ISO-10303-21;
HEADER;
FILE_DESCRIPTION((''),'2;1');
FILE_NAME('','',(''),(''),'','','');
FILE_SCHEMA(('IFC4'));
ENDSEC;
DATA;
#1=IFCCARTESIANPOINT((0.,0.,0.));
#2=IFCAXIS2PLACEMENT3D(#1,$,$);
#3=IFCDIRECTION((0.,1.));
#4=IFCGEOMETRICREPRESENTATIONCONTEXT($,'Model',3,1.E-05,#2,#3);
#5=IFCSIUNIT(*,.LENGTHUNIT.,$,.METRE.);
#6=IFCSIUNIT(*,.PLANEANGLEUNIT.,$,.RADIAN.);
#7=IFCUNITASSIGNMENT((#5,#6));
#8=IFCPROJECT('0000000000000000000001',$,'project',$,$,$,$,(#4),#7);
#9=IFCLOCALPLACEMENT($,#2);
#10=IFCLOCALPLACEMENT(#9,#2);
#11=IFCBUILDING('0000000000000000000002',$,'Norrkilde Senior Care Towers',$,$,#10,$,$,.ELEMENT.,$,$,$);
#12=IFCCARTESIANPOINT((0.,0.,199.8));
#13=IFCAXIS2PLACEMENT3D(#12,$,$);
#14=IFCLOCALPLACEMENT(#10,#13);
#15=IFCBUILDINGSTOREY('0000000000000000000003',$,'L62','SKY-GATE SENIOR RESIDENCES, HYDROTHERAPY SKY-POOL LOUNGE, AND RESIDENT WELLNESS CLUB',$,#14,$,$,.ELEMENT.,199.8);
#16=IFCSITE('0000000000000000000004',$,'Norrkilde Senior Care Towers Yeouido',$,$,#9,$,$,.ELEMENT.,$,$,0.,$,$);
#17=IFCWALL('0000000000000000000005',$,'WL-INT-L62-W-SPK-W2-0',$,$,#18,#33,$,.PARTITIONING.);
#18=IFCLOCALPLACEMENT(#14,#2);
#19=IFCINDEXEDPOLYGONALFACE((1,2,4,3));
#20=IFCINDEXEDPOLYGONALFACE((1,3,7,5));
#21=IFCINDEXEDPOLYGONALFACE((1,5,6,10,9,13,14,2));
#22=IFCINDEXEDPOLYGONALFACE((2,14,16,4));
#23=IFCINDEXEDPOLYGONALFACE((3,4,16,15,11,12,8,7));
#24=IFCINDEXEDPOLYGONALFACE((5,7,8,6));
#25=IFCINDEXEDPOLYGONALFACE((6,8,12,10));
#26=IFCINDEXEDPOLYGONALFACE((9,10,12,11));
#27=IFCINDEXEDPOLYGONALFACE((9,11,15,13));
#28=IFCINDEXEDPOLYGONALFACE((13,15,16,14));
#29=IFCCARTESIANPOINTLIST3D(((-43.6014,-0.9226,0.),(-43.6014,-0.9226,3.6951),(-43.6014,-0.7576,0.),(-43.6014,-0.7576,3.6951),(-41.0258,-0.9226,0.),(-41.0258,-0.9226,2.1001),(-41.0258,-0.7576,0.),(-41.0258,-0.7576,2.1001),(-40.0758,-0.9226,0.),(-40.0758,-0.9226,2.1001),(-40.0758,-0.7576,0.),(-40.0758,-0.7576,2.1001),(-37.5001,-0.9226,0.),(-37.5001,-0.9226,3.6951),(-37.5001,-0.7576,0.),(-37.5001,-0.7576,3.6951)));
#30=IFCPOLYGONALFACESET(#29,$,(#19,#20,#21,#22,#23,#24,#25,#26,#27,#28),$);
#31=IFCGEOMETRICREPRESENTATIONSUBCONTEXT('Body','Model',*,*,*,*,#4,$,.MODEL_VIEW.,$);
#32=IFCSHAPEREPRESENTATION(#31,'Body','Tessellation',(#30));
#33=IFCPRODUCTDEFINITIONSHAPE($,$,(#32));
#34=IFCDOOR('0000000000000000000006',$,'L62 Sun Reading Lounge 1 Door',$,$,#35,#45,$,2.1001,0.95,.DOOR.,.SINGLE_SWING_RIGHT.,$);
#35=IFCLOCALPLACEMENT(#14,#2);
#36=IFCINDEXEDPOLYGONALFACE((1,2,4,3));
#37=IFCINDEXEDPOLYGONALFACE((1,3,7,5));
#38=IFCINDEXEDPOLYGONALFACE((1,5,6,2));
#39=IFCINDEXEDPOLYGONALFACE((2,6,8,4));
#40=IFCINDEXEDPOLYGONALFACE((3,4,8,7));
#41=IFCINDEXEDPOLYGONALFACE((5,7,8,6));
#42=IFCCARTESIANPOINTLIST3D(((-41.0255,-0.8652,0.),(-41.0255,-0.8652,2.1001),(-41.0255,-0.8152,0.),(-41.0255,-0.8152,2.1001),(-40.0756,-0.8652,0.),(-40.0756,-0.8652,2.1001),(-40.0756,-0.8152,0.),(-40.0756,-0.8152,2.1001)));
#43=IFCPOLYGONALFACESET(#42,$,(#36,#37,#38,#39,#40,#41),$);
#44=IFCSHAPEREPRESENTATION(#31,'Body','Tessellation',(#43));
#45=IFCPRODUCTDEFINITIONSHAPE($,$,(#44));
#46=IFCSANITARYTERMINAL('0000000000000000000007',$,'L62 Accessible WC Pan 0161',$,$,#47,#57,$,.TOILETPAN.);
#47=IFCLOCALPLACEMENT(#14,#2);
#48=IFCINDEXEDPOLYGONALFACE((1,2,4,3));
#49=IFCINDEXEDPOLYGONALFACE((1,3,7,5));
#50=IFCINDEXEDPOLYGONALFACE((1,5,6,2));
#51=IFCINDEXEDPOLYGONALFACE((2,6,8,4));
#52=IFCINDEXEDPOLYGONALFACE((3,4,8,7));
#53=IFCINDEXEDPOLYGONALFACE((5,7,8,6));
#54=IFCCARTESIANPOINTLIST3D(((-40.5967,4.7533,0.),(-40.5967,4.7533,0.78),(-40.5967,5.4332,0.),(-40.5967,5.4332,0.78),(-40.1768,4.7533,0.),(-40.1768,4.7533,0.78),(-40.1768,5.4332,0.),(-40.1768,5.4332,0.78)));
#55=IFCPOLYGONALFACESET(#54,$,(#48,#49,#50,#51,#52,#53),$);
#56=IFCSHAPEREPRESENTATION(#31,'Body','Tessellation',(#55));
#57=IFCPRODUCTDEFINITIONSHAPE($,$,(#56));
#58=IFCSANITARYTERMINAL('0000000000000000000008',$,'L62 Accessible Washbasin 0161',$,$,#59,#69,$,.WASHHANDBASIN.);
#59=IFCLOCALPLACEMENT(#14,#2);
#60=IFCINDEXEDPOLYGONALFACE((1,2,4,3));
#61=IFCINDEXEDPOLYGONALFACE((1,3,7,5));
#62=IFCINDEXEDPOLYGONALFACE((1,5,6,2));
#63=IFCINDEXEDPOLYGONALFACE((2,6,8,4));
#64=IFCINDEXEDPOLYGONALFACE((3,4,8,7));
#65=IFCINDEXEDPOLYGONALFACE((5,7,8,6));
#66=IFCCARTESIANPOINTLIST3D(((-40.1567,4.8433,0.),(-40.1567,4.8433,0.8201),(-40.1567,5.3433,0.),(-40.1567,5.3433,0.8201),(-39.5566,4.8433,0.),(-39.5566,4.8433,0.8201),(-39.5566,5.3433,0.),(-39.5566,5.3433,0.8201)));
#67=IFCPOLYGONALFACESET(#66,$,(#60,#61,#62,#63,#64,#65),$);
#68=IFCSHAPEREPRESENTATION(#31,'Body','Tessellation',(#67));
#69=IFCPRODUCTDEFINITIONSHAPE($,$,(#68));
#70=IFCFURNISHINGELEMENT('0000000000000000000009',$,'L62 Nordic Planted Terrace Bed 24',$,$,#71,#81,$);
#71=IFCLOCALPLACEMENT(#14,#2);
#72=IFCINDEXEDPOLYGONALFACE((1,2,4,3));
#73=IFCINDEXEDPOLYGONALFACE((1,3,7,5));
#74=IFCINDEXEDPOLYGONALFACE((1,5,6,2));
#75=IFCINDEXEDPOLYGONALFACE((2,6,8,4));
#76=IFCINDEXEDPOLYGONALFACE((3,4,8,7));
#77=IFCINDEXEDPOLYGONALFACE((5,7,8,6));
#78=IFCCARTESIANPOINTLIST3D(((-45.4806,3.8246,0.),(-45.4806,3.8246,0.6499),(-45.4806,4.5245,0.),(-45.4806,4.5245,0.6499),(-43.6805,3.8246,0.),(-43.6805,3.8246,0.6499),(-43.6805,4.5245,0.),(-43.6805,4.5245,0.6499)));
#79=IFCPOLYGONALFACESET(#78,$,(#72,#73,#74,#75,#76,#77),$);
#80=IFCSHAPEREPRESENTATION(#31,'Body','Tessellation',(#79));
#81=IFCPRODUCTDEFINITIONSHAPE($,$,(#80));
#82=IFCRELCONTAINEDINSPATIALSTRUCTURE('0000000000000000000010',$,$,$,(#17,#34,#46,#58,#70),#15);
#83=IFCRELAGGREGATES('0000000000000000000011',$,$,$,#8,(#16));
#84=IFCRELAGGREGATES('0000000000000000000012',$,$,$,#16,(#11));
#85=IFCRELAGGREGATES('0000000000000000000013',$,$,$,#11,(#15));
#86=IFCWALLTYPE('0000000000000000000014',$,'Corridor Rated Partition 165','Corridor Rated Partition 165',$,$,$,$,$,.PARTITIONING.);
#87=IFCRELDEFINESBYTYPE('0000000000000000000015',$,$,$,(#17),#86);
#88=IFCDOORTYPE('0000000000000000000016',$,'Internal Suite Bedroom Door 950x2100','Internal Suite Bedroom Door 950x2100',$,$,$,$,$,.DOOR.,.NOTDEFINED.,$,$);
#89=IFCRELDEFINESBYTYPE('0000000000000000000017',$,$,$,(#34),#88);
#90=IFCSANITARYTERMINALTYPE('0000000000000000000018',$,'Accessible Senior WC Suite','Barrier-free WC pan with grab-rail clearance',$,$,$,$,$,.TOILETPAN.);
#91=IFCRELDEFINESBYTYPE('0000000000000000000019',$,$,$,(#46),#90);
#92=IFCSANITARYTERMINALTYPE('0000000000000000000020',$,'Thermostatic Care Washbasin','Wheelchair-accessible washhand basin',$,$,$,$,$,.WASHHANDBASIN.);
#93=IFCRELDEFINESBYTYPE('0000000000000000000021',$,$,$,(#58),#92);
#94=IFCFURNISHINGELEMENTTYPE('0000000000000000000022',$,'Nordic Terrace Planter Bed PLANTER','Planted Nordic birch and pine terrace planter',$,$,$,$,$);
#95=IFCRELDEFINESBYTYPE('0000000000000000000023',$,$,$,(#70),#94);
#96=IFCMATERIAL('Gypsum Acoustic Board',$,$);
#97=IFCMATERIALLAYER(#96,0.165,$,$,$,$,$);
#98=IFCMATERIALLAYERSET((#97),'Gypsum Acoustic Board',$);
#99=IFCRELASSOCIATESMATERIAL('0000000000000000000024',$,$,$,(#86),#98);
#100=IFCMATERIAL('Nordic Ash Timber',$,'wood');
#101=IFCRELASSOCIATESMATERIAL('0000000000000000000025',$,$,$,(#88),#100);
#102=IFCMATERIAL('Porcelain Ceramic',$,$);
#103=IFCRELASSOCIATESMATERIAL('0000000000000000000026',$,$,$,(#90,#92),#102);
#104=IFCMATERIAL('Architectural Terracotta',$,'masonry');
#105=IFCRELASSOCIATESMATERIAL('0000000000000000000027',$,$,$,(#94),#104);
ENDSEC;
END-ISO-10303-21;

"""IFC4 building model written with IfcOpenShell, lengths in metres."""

from ifc_helpers import new_model, si_unit, direction, frame, frame_2d, origin, origin_2d, place, context, subcontext, project, spatial, rectangle, extrude, source, transform, mapped, material, layer, layer_set, type_object, type_shapes, element, fill, save


model = new_model("IFC4")

# Units and contexts
model_context = context("Model", 3, precision=1e-05, world=origin(), true_north=direction((0.0, 1.0)))
body_context = subcontext(model_context, "Body", "Model", "MODEL_VIEW")
ifc_project = project(units=[si_unit("LENGTHUNIT", "METRE"), si_unit("PLANEANGLEUNIT", "RADIAN")], contexts=[model_context])

# Site, building, storey
site_placement = place(None, origin())
site = spatial("IfcSite", under=ifc_project, at=site_placement, Name="Norrkilde Senior Care Towers Yeouido", CompositionType="ELEMENT", RefElevation=0.0)
building_placement = place(site_placement, origin())
building = spatial("IfcBuilding", under=site, at=building_placement, Name="Norrkilde Senior Care Towers", CompositionType="ELEMENT")
storey_placement = place(building_placement, frame((0.0, 0.0, 199.8)))
storey = spatial("IfcBuildingStorey", under=building, at=storey_placement, Name="L62", Description="SKY-GATE SENIOR RESIDENCES, HYDROTHERAPY SKY-POOL LOUNGE, AND RESIDENT WELLNESS CLUB", CompositionType="ELEMENT", Elevation=199.8)

# Shared definitions
ifc_material_1 = material(Name="Gypsum Acoustic Board")
ifc_layer_1 = layer(ifc_material_1, 0.165)
ifc_layer_set_1 = layer_set([ifc_layer_1], Name="Gypsum Acoustic Board")
wall_type_1 = type_object("IfcWallType", Name="Corridor Rated Partition 165", Description="Corridor Rated Partition 165", PredefinedType="PARTITIONING", material=ifc_layer_set_1)
ifc_material_2 = material(Name="Nordic Ash Timber", Category="wood")

# Wall, opening, door
shared_shape_1 = source(origin(), body_context, "Body", "SweptSolid", [
    extrude(rectangle(XDim=6.1013, YDim=0.165, at=frame_2d((3.0508, 0.0))), origin(), (0.0, 0.0, 1.0), 3.6951),
])
door_type_1 = type_object("IfcDoorType", Name="Internal Suite Bedroom Door 950x2100", Description="Internal Suite Bedroom Door 950x2100", OperationType="NOTDEFINED", PredefinedType="DOOR", material=ifc_material_2)
shared_shape_2 = source(origin(), body_context, "Body", "SweptSolid", [
    extrude(rectangle(XDim=0.95, YDim=2.1001, at=frame_2d((0.4751, 1.05))), frame((0.0, 0.0249, 0.0), z_axis=(0.0, -1.0, 0.0), x_axis=(1.0, 0.0, 0.0)), (0.0, 0.0, 1.0), 0.05),
])
type_shapes(door_type_1, [shared_shape_2])
wall_1_placement = place(storey_placement, frame((-37.5, -0.8401, 0.0), z_axis=(0.0, 0.0, 1.0), x_axis=(-1.0, 0.0, 0.0)))
wall_1 = element("IfcWall", 1, at=wall_1_placement, inside=storey, type_object=wall_type_1, Name="WL-INT-L62-W-SPK-W2-0", PredefinedType="PARTITIONING", context=body_context, shape_type="MappedRepresentation", body=[
    mapped(shared_shape_1, transform((0.0, 0.0, 0.0), x_axis=(1.0, 0.0, 0.0), y_axis=(0.0, 1.0, 0.0), z_axis=(0.0, 0.0, 1.0), scale=1.0)),
])
opening_1_placement = place(wall_1_placement, frame((2.5757, 0.0, 0.0)))
opening_1 = element("IfcOpeningElement", 2, at=opening_1_placement, cuts=wall_1, PredefinedType="OPENING", context=body_context, shape_type="SweptSolid", body=[
    extrude(rectangle(XDim=0.95, YDim=2.1001, at=frame_2d((0.4751, 1.05))), frame((0.0, 0.0925, 0.0), z_axis=(0.0, -1.0, 0.0), x_axis=(1.0, 0.0, 0.0)), (0.0, 0.0, 1.0), 0.1851),
])
door_1_placement = place(opening_1_placement, frame((0.95, 0.0, 0.0), z_axis=(0.0, 0.0, 1.0), x_axis=(-1.0, 0.0, 0.0)))
door_1 = element("IfcDoor", 3, at=door_1_placement, inside=storey, type_object=door_type_1, Name="L62 Sun Reading Lounge 1 Door", OperationType="SINGLE_SWING_RIGHT", OverallHeight=2.1001, OverallWidth=0.95, PredefinedType="DOOR", context=body_context, shape_type="MappedRepresentation", body=[
    mapped(shared_shape_2, transform((0.0, 0.0, 0.0), x_axis=(1.0, 0.0, 0.0), y_axis=(0.0, 1.0, 0.0), z_axis=(0.0, 0.0, 1.0), scale=1.0)),
])
fill(opening_1, door_1)

# Sanitary terminals
ifc_material_3 = material(Name="Porcelain Ceramic")
sanitary_terminal_type_1 = type_object("IfcSanitaryTerminalType", Name="Accessible Senior WC Suite", Description="Barrier-free WC pan with grab-rail clearance", PredefinedType="TOILETPAN", material=ifc_material_3)
shared_shape_3 = source(origin(), body_context, "Body", "SweptSolid", [
    extrude(rectangle(XDim=0.4199, YDim=0.6799, at=origin_2d()), origin(), (0.0, 0.0, 1.0), 0.78),
])
type_shapes(sanitary_terminal_type_1, [shared_shape_3])
sanitary_terminal_1_placement = place(storey_placement, frame((-40.3867, 5.0933, 0.0), z_axis=(0.0, 0.0, 1.0), x_axis=(1.0, 0.0, 0.0)))
element("IfcSanitaryTerminal", 4, at=sanitary_terminal_1_placement, inside=storey, type_object=sanitary_terminal_type_1, Name="L62 Accessible WC Pan 0161", PredefinedType="TOILETPAN", context=body_context, shape_type="MappedRepresentation", body=[
    mapped(shared_shape_3, transform((0.0, 0.0, 0.0), x_axis=(1.0, 0.0, 0.0), y_axis=(0.0, 1.0, 0.0), z_axis=(0.0, 0.0, 1.0), scale=1.0)),
])
sanitary_terminal_type_2 = type_object("IfcSanitaryTerminalType", Name="Thermostatic Care Washbasin", Description="Wheelchair-accessible washhand basin", PredefinedType="WASHHANDBASIN", material=ifc_material_3)
shared_shape_4 = source(origin(), body_context, "Body", "SweptSolid", [
    extrude(rectangle(XDim=0.6001, YDim=0.5, at=origin_2d()), origin(), (0.0, 0.0, 1.0), 0.8201),
])
type_shapes(sanitary_terminal_type_2, [shared_shape_4])
sanitary_terminal_2_placement = place(storey_placement, frame((-39.8567, 5.0933, 0.0), z_axis=(0.0, 0.0, 1.0), x_axis=(1.0, 0.0, 0.0)))
element("IfcSanitaryTerminal", 5, at=sanitary_terminal_2_placement, inside=storey, type_object=sanitary_terminal_type_2, Name="L62 Accessible Washbasin 0161", PredefinedType="WASHHANDBASIN", context=body_context, shape_type="MappedRepresentation", body=[
    mapped(shared_shape_4, transform((0.0, 0.0, 0.0), x_axis=(1.0, 0.0, 0.0), y_axis=(0.0, 1.0, 0.0), z_axis=(0.0, 0.0, 1.0), scale=1.0)),
])

# Furnishing element
ifc_material_4 = material(Name="Architectural Terracotta", Category="masonry")
furnishing_element_type = type_object("IfcFurnishingElementType", Name="Nordic Terrace Planter Bed PLANTER", Description="Planted Nordic birch and pine terrace planter", material=ifc_material_4)
shared_shape_5 = source(origin(), body_context, "Body", "SweptSolid", [
    extrude(rectangle(XDim=1.8, YDim=0.7, at=origin_2d()), origin(), (0.0, 0.0, 1.0), 0.6499),
])
type_shapes(furnishing_element_type, [shared_shape_5])
furnishing_placement = place(storey_placement, frame((-44.5806, 4.1746, 0.0), z_axis=(0.0, 0.0, 1.0), x_axis=(1.0, 0.0, 0.0)))
element("IfcFurnishingElement", 6, at=furnishing_placement, inside=storey, type_object=furnishing_element_type, Name="L62 Nordic Planted Terrace Bed 24", context=body_context, shape_type="MappedRepresentation", body=[
    mapped(shared_shape_5, transform((0.0, 0.0, 0.0), x_axis=(1.0, 0.0, 0.0), y_axis=(0.0, 1.0, 0.0), z_axis=(0.0, 0.0, 1.0), scale=1.0)),
])

save(model, "model.ifc")
